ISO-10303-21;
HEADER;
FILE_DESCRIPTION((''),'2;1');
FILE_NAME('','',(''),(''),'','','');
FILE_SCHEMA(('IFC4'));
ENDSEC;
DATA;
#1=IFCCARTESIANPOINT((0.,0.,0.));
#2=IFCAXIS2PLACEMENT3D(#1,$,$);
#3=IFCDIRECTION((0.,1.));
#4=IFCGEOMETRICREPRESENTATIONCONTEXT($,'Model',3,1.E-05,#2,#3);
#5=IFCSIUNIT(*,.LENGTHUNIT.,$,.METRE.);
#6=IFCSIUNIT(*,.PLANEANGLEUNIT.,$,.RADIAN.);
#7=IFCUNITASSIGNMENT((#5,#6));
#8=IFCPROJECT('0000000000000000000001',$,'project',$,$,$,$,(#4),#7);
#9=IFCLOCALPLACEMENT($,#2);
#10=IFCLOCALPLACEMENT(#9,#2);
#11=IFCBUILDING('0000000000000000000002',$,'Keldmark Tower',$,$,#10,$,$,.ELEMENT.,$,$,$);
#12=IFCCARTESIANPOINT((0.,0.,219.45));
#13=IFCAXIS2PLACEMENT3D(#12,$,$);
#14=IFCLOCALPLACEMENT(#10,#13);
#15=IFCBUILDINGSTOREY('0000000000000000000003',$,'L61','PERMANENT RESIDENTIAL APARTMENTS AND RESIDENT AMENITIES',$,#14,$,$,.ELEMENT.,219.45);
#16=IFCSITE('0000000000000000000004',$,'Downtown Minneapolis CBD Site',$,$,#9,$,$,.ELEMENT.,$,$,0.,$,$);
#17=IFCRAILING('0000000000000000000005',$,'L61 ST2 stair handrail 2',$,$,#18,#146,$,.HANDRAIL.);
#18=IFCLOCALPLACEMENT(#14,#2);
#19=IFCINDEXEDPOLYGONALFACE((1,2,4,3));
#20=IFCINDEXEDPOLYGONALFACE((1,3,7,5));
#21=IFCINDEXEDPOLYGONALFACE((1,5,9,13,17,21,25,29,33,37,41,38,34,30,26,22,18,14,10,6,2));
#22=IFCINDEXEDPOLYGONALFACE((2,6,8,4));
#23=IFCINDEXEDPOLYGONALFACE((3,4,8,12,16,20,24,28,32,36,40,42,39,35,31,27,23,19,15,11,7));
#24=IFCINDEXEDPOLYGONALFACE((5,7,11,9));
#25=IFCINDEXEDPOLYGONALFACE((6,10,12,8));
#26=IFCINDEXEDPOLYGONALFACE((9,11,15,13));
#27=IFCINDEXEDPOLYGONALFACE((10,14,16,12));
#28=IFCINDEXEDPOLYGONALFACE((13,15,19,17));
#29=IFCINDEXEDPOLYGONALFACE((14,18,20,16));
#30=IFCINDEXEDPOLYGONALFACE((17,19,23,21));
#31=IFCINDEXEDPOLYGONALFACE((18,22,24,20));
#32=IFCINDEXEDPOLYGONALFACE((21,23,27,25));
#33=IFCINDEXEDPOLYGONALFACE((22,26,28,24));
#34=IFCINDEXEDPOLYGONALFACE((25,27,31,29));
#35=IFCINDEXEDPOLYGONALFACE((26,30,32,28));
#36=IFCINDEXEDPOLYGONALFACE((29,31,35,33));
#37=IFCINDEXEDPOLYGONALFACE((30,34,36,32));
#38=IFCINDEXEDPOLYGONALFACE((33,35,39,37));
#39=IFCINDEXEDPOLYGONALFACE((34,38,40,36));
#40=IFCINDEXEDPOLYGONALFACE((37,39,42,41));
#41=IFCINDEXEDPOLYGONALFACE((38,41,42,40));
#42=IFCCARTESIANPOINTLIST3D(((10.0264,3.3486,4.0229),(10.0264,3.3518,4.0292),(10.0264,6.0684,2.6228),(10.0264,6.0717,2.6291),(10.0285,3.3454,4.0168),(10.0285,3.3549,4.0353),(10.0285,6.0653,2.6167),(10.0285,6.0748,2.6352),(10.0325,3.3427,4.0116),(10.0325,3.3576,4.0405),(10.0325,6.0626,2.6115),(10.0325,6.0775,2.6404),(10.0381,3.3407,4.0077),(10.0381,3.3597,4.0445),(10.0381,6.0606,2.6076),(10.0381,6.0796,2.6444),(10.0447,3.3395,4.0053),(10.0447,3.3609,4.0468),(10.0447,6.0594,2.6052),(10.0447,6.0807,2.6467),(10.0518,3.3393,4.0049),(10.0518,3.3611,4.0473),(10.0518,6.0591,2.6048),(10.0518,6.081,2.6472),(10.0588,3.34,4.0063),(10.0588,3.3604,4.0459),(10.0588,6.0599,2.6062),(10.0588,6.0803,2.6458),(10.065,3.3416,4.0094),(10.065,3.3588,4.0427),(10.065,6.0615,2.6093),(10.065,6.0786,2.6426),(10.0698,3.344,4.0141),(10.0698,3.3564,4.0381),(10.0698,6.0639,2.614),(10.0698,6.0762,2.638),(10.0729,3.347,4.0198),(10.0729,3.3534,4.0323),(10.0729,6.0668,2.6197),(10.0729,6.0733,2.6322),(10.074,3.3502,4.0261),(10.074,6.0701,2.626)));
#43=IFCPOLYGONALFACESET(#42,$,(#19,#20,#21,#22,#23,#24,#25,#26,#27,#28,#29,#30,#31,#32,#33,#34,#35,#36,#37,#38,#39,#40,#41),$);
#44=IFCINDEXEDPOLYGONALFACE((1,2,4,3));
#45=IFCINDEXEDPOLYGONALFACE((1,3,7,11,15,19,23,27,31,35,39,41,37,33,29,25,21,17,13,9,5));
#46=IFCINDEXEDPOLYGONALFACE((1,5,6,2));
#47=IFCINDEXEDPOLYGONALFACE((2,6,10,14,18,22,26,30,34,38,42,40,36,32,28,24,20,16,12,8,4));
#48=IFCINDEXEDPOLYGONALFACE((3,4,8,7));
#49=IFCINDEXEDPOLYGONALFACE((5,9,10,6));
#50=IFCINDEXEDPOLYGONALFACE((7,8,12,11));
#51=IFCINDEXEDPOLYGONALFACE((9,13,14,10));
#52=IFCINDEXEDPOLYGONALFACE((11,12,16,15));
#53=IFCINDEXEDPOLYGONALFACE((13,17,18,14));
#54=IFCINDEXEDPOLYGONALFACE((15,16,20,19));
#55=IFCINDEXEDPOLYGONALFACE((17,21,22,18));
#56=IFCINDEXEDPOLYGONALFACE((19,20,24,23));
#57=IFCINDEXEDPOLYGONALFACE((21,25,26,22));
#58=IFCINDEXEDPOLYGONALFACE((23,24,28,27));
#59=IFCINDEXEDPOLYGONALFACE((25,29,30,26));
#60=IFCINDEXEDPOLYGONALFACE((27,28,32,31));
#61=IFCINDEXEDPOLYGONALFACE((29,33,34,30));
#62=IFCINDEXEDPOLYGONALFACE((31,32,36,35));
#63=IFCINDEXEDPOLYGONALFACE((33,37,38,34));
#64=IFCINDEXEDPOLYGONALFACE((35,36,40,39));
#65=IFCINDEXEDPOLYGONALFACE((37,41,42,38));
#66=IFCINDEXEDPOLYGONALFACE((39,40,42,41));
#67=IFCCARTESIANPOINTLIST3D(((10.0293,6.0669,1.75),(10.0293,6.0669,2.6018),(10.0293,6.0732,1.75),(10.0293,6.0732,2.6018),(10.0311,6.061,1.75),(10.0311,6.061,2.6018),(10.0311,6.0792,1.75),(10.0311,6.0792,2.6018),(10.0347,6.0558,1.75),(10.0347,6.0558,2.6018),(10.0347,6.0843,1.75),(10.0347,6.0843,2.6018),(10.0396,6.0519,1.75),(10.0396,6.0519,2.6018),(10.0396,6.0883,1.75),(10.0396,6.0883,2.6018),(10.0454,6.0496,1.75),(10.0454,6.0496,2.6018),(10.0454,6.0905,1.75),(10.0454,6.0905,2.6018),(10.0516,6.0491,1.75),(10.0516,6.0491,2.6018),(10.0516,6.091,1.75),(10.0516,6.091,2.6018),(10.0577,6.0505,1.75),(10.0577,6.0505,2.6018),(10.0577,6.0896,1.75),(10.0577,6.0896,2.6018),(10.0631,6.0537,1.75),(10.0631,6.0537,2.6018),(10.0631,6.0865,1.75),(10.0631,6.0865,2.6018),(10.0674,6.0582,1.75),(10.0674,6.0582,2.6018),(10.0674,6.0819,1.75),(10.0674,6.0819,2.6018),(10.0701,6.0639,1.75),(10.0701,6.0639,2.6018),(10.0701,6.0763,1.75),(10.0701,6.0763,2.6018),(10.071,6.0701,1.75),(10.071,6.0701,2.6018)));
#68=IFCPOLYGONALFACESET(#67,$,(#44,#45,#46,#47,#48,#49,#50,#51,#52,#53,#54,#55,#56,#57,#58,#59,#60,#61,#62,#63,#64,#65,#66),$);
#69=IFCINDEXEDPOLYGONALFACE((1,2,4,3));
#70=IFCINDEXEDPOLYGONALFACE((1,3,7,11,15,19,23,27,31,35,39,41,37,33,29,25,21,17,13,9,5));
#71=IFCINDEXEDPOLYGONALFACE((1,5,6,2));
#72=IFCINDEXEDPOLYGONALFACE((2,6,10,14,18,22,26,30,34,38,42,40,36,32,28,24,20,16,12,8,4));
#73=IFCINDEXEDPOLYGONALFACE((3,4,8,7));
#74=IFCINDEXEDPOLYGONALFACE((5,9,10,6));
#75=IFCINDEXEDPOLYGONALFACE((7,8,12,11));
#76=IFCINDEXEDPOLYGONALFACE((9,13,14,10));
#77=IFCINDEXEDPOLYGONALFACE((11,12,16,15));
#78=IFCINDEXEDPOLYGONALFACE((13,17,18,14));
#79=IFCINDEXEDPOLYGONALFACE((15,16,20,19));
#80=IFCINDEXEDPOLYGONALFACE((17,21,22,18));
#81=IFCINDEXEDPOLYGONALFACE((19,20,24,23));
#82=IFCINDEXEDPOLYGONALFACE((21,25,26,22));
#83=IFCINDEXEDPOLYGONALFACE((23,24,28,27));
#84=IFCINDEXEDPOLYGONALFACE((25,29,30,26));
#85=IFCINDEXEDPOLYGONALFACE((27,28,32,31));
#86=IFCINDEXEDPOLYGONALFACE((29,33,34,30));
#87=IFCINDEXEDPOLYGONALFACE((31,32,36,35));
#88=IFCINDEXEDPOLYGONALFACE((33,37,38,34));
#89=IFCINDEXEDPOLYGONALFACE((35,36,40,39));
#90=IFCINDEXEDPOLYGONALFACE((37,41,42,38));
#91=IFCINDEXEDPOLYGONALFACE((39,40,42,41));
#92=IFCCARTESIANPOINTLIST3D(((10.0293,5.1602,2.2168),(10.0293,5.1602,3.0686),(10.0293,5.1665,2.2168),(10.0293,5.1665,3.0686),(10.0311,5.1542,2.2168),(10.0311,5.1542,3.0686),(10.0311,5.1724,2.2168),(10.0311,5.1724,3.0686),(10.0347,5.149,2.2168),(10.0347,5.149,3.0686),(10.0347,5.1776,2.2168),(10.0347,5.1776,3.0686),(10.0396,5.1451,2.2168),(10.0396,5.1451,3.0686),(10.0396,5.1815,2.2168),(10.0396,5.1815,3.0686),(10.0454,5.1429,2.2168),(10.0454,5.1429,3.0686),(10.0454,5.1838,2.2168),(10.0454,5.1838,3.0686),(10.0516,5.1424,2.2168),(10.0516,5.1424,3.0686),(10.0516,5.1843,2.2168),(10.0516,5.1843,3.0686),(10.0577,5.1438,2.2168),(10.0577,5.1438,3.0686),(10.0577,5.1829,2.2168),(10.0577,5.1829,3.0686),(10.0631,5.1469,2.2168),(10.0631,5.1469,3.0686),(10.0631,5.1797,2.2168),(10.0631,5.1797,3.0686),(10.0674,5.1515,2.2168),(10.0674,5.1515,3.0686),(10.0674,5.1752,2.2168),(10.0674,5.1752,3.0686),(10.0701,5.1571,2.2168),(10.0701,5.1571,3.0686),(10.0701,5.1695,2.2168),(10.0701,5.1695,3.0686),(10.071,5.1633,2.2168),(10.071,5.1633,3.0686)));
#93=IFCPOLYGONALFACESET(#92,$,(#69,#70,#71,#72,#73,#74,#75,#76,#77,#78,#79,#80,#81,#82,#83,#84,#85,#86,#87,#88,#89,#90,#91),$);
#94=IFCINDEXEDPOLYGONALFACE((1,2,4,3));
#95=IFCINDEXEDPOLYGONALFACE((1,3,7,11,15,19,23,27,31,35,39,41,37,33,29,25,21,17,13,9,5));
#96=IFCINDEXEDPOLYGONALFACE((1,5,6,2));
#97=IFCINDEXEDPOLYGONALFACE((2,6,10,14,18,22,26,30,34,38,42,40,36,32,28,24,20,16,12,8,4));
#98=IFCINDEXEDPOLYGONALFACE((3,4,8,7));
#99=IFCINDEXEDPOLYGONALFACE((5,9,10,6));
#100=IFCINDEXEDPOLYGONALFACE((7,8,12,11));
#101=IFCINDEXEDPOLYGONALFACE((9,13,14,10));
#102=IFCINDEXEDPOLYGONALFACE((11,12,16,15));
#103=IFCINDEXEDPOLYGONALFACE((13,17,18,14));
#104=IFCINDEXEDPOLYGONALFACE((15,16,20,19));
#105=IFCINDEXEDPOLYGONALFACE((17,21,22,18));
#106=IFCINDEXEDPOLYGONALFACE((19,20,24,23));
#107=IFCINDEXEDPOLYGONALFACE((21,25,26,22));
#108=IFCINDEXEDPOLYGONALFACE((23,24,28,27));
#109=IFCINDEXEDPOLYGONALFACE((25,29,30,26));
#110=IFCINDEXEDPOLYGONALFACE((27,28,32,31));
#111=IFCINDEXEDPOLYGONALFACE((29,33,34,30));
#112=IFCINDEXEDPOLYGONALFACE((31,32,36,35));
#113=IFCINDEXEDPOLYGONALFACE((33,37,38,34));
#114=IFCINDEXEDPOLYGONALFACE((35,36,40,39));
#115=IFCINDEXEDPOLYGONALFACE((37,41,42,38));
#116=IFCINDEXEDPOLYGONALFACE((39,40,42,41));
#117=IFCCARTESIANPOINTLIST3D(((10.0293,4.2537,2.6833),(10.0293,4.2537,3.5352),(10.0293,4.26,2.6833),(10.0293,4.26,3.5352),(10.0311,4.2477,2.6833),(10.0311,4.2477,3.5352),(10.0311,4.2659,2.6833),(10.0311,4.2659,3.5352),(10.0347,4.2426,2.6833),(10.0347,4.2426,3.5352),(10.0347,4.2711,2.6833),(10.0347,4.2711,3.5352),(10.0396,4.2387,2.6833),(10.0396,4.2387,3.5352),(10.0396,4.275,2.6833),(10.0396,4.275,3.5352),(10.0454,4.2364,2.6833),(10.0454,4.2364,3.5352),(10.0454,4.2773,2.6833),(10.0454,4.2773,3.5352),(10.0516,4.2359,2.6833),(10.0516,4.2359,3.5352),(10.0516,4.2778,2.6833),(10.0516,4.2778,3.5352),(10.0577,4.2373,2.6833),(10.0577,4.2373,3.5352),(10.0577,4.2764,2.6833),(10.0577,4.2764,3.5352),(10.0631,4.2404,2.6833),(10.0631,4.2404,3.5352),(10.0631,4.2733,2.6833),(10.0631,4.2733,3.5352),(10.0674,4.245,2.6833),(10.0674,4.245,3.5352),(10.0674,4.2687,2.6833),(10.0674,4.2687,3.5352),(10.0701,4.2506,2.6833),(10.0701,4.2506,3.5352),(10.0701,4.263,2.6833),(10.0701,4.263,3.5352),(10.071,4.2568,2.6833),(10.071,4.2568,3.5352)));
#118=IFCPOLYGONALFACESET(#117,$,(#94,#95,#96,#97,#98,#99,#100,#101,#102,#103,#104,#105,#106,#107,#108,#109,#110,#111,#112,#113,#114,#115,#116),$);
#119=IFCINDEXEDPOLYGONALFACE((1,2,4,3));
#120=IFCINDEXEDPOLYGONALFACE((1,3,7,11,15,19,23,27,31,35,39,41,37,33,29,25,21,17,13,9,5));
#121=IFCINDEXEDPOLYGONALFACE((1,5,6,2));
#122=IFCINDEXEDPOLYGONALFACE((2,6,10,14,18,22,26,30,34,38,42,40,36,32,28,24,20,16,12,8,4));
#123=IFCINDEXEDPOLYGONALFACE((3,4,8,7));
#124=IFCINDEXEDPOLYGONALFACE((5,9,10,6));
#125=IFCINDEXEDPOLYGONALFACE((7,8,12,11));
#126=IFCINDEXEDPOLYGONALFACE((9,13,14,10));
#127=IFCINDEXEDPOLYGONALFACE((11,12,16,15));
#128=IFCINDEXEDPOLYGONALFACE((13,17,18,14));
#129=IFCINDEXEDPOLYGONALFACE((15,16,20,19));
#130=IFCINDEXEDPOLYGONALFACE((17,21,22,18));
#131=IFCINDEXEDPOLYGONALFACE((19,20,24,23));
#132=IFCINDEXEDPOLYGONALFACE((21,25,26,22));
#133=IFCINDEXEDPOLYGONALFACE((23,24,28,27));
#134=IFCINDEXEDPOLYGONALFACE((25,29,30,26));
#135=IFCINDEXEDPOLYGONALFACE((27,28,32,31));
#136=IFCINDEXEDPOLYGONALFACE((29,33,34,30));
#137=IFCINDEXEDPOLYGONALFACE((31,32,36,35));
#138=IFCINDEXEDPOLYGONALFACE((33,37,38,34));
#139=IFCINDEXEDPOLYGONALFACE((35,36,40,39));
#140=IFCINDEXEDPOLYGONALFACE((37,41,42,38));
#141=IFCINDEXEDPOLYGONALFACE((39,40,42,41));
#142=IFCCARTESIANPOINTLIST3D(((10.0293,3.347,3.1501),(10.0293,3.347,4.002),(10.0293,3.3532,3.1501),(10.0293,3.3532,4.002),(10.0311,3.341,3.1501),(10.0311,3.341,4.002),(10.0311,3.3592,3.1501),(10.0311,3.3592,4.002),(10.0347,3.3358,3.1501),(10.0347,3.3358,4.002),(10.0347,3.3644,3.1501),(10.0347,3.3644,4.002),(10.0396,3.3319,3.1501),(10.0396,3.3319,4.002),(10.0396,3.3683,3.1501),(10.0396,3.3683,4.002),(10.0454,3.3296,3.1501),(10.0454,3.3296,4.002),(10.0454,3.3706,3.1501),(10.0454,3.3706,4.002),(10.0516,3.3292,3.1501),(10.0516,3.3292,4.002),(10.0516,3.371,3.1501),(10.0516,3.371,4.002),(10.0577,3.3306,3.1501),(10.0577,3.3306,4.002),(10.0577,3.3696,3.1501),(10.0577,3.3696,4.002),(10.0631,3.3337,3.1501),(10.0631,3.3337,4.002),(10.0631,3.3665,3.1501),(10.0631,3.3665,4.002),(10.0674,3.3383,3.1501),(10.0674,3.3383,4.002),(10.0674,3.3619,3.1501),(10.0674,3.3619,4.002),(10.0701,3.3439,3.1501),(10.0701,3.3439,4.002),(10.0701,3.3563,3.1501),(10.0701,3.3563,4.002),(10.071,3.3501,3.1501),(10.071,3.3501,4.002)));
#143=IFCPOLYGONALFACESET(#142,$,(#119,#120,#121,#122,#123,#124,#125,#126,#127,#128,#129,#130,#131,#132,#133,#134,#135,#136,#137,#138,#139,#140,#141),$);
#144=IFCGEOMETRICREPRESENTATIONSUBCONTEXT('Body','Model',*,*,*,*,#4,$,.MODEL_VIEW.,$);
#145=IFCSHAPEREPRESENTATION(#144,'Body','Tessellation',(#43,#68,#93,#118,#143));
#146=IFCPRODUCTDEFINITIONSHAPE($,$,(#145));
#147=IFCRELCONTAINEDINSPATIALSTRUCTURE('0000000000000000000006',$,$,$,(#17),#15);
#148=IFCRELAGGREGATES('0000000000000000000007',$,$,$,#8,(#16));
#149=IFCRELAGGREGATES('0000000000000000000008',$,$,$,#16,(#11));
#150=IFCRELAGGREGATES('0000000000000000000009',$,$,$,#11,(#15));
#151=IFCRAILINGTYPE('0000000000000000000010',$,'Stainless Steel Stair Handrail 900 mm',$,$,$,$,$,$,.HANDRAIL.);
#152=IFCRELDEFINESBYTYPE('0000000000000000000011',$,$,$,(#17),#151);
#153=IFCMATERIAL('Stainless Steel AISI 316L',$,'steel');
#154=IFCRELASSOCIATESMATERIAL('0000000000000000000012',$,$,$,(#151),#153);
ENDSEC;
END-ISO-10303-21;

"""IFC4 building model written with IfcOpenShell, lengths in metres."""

from ifc_helpers import new_model, si_unit, direction, frame, origin, origin_2d, place, context, subcontext, project, spatial, circle, extrude, material, type_object, element, save


model = new_model("IFC4")

# Units and contexts
model_context = context("Model", 3, precision=1e-05, world=origin(), true_north=direction((0.0, 1.0)))
body_context = subcontext(model_context, "Body", "Model", "MODEL_VIEW")
ifc_project = project(units=[si_unit("LENGTHUNIT", "METRE"), si_unit("PLANEANGLEUNIT", "RADIAN")], contexts=[model_context])

# Site, building, storey
site_placement = place(None, origin())
site = spatial("IfcSite", under=ifc_project, at=site_placement, Name="Downtown Minneapolis CBD Site", CompositionType="ELEMENT", RefElevation=0.0)
building_placement = place(site_placement, origin())
building = spatial("IfcBuilding", under=site, at=building_placement, Name="Keldmark Tower", CompositionType="ELEMENT")
storey_placement = place(building_placement, frame((0.0, 0.0, 219.45)))
storey = spatial("IfcBuildingStorey", under=building, at=storey_placement, Name="L61", Description="PERMANENT RESIDENTIAL APARTMENTS AND RESIDENT AMENITIES", CompositionType="ELEMENT", Elevation=219.45)

# Railing
ifc_material_1 = material(Name="Stainless Steel AISI 316L", Category="steel")
railing_type_1 = type_object("IfcRailingType", Name="Stainless Steel Stair Handrail 900 mm", PredefinedType="HANDRAIL", material=ifc_material_1)
railing_1_placement = place(storey_placement, frame((10.05, 6.0701, 1.75)))
element("IfcRailing", 1, at=railing_1_placement, inside=storey, type_object=railing_type_1, Name="L61 ST2 stair handrail 2", PredefinedType="HANDRAIL", context=body_context, shape_type="SweptSolid", body=[
    extrude(circle(Radius=0.0239, at=origin_2d()), frame((0.0, 0.0, 0.876), z_axis=(0.0, -0.889114, 0.457685), x_axis=(1.0, 0.0, 0.0)), (0.0, 0.0, 1.0), 3.0591),
    extrude(circle(Radius=0.021, at=origin_2d()), origin(), (0.0, 0.0, 1.0), 0.8518),
    extrude(circle(Radius=0.021, at=origin_2d()), frame((0.0, -0.9067, 0.4668)), (0.0, 0.0, 1.0), 0.8518),
    extrude(circle(Radius=0.021, at=origin_2d()), frame((0.0, -1.8132, 0.9333)), (0.0, 0.0, 1.0), 0.8518),
    extrude(circle(Radius=0.021, at=origin_2d()), frame((0.0, -2.72, 1.4001)), (0.0, 0.0, 1.0), 0.8518),
])

save(model, "model.ifc")
